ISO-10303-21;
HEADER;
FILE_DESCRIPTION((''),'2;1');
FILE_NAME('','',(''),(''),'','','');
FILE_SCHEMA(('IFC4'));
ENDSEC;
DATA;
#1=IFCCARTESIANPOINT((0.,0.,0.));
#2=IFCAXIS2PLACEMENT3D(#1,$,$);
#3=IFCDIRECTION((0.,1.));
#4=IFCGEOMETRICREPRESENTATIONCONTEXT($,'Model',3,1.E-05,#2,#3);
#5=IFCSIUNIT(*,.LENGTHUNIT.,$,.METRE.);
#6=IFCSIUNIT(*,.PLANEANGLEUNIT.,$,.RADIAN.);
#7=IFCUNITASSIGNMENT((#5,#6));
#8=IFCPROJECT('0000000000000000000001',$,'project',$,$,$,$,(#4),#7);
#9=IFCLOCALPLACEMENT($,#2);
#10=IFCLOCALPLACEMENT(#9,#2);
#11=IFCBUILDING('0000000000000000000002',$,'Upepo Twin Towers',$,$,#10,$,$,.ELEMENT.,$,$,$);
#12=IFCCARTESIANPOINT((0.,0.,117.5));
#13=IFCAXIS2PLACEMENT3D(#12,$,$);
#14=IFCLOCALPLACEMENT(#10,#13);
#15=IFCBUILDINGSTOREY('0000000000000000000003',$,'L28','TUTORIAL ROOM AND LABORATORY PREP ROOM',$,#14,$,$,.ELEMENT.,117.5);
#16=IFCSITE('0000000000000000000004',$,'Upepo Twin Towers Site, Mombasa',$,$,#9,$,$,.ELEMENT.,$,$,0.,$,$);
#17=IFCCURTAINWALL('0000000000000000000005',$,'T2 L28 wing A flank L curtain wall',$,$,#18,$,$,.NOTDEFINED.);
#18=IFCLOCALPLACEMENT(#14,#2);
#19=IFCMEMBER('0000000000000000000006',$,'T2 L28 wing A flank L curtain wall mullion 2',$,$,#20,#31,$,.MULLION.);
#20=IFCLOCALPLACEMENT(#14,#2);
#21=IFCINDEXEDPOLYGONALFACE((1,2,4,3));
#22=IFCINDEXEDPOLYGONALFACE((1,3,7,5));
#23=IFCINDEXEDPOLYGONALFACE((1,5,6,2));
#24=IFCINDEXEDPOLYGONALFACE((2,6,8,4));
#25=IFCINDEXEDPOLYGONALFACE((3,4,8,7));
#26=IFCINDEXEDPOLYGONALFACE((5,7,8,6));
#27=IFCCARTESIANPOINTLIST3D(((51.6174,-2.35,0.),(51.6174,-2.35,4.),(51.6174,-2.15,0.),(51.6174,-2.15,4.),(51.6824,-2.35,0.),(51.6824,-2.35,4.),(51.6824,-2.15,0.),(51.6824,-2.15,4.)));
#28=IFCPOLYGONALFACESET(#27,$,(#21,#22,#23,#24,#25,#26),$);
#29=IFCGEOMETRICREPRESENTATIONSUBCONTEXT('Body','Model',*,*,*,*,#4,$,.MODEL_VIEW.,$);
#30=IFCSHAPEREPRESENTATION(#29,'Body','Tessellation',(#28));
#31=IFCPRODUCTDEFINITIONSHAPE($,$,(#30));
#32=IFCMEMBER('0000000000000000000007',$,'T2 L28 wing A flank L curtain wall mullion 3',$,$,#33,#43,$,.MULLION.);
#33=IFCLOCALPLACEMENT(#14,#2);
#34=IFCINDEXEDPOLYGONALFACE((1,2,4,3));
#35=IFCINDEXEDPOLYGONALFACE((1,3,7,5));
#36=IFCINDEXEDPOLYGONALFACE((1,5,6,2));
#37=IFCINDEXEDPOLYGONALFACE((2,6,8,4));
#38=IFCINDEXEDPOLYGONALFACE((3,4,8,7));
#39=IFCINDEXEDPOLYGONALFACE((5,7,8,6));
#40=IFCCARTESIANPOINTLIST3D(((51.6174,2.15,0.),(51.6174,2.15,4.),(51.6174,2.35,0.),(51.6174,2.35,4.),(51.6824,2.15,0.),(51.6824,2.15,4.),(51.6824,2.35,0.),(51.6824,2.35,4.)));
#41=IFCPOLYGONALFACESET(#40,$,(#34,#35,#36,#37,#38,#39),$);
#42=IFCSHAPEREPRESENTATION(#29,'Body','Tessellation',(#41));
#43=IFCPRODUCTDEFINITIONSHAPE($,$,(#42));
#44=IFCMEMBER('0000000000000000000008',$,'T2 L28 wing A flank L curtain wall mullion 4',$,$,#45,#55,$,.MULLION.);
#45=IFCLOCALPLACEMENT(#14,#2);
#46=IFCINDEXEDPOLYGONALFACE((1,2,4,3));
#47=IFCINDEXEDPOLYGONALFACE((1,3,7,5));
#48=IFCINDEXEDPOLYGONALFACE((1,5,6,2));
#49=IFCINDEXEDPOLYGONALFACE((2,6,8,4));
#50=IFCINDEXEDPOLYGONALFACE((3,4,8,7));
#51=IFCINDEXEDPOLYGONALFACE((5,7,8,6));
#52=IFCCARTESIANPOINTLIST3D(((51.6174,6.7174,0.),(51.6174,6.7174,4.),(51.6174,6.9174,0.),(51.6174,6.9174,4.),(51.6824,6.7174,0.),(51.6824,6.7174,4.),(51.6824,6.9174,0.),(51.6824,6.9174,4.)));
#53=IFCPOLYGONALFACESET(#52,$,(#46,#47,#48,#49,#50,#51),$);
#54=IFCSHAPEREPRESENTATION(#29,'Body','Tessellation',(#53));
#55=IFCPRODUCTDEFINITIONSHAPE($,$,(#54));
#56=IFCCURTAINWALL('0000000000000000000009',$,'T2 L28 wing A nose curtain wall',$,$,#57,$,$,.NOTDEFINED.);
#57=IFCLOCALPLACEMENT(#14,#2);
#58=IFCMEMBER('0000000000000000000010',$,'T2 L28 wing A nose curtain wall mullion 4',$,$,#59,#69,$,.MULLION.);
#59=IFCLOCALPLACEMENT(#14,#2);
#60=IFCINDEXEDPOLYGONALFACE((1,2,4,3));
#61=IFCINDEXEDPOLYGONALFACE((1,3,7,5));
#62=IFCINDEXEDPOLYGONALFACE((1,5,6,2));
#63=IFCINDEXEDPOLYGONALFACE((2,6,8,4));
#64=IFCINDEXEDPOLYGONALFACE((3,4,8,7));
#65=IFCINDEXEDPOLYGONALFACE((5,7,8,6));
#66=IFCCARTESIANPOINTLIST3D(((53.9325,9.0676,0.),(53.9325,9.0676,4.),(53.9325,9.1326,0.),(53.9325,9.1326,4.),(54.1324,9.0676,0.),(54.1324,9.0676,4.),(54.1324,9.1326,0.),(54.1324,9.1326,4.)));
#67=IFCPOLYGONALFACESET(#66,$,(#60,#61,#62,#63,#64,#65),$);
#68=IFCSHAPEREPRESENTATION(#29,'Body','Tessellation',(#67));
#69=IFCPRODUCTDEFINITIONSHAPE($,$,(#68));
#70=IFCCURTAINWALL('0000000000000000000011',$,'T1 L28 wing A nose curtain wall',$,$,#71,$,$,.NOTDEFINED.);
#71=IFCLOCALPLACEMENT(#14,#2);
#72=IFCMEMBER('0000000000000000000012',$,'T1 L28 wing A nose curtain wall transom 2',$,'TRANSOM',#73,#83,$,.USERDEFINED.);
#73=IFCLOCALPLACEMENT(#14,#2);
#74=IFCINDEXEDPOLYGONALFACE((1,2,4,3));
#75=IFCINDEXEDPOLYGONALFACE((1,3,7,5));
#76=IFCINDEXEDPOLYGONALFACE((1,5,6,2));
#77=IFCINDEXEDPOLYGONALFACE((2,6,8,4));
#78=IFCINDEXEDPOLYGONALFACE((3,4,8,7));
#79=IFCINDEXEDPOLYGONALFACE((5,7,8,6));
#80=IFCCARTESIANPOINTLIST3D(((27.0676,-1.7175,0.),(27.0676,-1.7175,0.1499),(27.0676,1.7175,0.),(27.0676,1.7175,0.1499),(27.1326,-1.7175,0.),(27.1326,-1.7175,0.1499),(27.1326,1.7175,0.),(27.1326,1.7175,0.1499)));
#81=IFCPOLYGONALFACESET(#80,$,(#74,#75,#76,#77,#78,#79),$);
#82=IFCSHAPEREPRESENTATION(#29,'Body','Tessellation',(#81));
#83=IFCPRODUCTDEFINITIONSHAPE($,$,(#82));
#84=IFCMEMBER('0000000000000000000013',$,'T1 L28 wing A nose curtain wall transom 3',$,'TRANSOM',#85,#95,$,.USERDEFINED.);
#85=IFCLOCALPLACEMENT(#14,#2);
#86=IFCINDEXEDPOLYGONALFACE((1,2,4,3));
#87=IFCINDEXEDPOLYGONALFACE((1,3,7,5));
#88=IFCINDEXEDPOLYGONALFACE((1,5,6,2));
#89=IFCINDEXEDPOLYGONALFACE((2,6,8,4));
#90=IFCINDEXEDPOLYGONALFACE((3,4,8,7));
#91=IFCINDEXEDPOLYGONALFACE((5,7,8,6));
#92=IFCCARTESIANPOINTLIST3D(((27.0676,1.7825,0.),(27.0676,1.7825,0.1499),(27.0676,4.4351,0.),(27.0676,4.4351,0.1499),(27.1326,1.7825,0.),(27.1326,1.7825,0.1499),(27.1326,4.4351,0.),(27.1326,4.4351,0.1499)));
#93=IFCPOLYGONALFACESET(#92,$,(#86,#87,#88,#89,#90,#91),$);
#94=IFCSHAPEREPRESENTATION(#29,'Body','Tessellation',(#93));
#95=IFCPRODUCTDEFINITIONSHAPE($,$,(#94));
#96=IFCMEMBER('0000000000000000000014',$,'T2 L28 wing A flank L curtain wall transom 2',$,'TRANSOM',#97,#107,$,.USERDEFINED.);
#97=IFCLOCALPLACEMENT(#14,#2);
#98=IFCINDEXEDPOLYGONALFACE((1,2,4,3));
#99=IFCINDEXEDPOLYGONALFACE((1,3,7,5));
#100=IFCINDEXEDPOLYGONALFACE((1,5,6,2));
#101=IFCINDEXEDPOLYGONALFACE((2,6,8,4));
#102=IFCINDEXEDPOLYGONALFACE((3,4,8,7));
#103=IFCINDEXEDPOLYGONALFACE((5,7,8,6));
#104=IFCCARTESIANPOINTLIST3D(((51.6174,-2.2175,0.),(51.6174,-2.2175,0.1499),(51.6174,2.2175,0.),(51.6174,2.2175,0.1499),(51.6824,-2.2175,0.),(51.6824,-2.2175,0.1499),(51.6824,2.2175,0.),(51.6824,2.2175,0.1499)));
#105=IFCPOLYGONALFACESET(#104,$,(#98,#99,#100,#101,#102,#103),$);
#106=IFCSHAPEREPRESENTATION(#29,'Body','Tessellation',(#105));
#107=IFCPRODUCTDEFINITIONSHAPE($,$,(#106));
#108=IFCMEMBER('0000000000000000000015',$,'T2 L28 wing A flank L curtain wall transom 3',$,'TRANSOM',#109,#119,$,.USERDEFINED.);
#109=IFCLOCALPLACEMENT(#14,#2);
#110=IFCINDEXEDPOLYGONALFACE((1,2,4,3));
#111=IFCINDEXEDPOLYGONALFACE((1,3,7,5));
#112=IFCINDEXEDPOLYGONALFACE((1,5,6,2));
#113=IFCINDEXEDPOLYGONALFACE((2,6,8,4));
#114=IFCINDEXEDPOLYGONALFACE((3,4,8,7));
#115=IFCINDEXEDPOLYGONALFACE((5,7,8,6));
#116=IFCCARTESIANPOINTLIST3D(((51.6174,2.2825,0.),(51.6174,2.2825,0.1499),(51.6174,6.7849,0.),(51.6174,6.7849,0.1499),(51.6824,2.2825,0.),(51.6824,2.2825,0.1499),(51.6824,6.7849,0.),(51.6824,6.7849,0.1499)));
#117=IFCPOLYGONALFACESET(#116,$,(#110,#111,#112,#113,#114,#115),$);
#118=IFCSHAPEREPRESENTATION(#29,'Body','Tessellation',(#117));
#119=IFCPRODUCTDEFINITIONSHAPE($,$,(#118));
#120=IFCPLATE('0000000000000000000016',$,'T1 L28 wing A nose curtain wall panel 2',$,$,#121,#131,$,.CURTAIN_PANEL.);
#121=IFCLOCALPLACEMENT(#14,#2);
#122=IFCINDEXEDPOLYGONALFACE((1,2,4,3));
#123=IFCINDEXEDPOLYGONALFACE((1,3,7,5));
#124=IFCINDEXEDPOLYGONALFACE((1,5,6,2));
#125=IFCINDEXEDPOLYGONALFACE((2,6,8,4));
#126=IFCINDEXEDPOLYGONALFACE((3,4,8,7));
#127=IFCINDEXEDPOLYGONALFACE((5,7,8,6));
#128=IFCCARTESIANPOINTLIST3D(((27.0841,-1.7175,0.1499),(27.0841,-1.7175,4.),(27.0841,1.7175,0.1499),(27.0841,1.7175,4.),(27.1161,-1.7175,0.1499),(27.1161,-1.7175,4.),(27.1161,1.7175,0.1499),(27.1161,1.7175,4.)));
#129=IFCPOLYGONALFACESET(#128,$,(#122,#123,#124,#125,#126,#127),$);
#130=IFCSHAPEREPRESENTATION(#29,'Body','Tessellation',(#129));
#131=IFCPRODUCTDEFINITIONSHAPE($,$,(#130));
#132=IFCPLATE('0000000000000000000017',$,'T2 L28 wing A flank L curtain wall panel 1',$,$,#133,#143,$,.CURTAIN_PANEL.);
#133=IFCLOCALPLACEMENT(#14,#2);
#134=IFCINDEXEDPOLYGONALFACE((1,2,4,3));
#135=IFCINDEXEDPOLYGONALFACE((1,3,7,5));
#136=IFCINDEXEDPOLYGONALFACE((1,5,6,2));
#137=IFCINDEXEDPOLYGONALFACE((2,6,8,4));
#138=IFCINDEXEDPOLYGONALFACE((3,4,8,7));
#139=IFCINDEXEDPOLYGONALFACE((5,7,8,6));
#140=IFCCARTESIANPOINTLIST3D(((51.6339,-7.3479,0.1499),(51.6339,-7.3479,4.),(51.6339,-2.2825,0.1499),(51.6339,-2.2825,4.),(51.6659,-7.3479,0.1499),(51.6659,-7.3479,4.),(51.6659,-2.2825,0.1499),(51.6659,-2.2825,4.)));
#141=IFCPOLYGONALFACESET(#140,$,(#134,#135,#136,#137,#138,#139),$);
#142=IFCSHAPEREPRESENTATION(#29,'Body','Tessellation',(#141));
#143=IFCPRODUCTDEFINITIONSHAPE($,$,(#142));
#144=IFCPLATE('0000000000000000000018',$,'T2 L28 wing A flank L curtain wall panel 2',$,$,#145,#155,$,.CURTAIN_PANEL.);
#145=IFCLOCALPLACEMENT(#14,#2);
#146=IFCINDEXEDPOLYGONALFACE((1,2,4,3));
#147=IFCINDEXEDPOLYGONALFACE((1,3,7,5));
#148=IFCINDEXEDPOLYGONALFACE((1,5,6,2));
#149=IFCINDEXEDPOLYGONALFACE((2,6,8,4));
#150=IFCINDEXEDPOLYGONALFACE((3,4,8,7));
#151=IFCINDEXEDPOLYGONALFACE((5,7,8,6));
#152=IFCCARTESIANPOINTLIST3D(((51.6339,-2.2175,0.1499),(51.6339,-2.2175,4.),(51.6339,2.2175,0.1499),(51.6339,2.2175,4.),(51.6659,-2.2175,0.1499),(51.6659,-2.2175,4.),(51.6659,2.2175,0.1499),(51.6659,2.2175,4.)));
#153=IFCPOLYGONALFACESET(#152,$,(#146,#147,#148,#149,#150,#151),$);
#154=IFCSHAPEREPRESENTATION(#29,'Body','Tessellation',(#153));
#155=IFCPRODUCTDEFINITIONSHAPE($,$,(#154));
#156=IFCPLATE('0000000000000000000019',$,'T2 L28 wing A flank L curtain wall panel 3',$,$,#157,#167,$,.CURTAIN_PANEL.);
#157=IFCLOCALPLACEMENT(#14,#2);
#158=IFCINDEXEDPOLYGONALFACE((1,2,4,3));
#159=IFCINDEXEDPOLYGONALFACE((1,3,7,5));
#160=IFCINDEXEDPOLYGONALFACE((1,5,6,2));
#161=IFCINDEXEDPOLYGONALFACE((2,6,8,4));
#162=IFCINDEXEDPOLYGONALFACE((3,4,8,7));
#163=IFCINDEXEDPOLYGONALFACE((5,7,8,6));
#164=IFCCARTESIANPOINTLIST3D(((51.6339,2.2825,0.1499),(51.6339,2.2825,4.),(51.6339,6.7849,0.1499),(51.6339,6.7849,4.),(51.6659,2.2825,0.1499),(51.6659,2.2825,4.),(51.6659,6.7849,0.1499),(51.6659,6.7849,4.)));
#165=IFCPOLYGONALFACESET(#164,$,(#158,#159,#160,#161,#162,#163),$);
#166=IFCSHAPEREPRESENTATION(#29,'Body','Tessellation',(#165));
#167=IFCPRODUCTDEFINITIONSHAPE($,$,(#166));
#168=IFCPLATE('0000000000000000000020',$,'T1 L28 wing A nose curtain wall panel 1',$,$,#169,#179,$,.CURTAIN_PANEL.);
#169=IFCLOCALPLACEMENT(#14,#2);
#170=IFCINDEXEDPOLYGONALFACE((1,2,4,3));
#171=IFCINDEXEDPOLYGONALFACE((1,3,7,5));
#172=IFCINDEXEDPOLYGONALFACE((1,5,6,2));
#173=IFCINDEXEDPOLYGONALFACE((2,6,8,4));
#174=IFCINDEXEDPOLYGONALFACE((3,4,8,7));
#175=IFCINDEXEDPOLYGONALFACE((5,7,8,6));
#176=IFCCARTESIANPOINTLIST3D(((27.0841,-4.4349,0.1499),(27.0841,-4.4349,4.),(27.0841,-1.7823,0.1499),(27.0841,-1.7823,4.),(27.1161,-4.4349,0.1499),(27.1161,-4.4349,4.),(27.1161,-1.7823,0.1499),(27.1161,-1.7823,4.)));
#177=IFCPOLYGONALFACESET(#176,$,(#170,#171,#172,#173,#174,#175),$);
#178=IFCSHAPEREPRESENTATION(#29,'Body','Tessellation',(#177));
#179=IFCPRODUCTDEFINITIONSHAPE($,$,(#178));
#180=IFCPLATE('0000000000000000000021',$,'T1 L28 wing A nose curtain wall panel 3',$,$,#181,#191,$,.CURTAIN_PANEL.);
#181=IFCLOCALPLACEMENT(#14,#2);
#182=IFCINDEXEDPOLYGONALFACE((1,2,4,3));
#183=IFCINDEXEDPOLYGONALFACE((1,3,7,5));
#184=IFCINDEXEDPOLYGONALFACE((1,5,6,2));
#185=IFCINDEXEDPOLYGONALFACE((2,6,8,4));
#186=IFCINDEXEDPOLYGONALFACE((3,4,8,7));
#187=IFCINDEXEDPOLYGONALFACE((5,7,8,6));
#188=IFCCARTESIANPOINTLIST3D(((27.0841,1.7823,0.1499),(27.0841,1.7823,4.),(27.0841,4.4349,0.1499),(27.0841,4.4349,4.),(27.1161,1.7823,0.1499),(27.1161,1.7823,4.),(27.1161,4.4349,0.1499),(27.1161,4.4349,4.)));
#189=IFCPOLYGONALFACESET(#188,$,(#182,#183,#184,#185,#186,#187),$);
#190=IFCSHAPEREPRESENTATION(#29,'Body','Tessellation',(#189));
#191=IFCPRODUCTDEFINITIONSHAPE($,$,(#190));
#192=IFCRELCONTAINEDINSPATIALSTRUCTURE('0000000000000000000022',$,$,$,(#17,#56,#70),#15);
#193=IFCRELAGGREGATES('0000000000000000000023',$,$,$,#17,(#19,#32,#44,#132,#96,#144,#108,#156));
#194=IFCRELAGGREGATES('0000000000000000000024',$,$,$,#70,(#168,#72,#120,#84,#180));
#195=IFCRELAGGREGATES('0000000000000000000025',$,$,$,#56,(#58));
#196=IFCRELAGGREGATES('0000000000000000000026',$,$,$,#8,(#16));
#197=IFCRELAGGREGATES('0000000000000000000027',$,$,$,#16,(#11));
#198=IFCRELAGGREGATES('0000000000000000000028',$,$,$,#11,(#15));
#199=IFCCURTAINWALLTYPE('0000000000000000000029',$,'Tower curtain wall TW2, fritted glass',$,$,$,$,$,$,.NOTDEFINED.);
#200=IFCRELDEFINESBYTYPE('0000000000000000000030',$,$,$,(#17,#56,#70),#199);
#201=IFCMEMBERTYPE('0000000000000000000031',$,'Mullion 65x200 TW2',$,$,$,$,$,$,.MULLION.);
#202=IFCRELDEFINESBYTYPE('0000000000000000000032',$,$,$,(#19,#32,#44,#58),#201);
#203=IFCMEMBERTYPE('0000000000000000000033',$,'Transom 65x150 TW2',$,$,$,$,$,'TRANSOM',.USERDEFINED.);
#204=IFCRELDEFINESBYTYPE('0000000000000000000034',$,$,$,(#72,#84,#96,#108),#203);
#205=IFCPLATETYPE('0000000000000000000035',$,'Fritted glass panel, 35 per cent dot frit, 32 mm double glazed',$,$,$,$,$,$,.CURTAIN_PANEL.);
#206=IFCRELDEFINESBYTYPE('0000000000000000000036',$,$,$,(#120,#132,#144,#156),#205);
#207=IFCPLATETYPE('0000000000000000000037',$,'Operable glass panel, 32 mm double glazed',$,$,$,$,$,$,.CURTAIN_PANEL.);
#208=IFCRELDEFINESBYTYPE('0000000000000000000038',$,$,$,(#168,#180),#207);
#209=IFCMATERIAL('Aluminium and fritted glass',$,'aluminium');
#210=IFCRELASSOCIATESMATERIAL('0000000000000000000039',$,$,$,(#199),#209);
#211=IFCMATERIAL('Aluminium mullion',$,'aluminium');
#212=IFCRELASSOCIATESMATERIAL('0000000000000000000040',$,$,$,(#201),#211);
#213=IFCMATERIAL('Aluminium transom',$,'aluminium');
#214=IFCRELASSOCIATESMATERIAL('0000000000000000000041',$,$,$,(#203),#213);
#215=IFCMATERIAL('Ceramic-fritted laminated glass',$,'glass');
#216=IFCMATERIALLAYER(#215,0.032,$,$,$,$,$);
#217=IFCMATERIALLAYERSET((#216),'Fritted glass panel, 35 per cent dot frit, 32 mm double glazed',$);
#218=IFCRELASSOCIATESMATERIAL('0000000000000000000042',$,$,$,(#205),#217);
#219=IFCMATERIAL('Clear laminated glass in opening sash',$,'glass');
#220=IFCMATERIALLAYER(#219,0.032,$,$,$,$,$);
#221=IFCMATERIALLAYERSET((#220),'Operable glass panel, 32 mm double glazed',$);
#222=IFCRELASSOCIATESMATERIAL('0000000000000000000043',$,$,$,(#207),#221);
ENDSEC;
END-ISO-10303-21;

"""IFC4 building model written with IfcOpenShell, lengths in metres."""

from ifc_helpers import new_model, si_unit, direction, frame, origin, origin_2d, place, context, subcontext, project, spatial, rectangle, extrude, material, layer, layer_set, material_profile, profile_set, type_object, element, aggregate, save


model = new_model("IFC4")

# Units and contexts
model_context = context("Model", 3, precision=1e-05, world=origin(), true_north=direction((0.0, 1.0)))
body_context = subcontext(model_context, "Body", "Model", "MODEL_VIEW")
ifc_project = project(units=[si_unit("LENGTHUNIT", "METRE"), si_unit("PLANEANGLEUNIT", "RADIAN")], contexts=[model_context])

# Site, building, storey
site_placement = place(None, origin())
site = spatial("IfcSite", under=ifc_project, at=site_placement, Name="Upepo Twin Towers Site, Mombasa", CompositionType="ELEMENT", RefElevation=0.0)
building_placement = place(site_placement, origin())
building = spatial("IfcBuilding", under=site, at=building_placement, Name="Upepo Twin Towers", CompositionType="ELEMENT")
storey_placement = place(building_placement, frame((0.0, 0.0, 117.5)))
storey = spatial("IfcBuildingStorey", under=building, at=storey_placement, Name="L28", Description="TUTORIAL ROOM AND LABORATORY PREP ROOM", CompositionType="ELEMENT", Elevation=117.5)

# Curtain wall, members
ifc_material_1 = material(Name="Aluminium and fritted glass", Category="aluminium")
curtain_wall_type = type_object("IfcCurtainWallType", Name="Tower curtain wall TW2, fritted glass", PredefinedType="NOTDEFINED", material=ifc_material_1)
curtain_wall_1_placement = place(storey_placement, origin())
curtain_wall_1 = element("IfcCurtainWall", 1, at=curtain_wall_1_placement, inside=storey, type_object=curtain_wall_type, Name="T2 L28 wing A flank L curtain wall", PredefinedType="NOTDEFINED")
ifc_material_2 = material(Name="Aluminium mullion", Category="aluminium")
ifc_material_profile_1 = material_profile(ifc_material_2, rectangle(XDim=0.0649, YDim=0.2, at=origin_2d()), Name="MULLION 65x200")
ifc_profile_set_1 = profile_set([ifc_material_profile_1], Name="Aluminium mullion")
member_type_1 = type_object("IfcMemberType", Name="Mullion 65x200 TW2", PredefinedType="MULLION", material=ifc_profile_set_1)
member_1_placement = place(storey_placement, frame((51.6499, -2.25, 0.0), z_axis=(0.0, 0.0, 1.0), x_axis=(-1.0, 0.0, 0.0)))
member_1 = element("IfcMember", 2, at=member_1_placement, type_object=member_type_1, Name="T2 L28 wing A flank L curtain wall mullion 2", PredefinedType="MULLION", context=body_context, shape_type="SweptSolid", body=[
    extrude(rectangle(XDim=0.0649, YDim=0.2, at=origin_2d()), origin(), (0.0, 0.0, 1.0), 4.0),
])
member_2_placement = place(storey_placement, frame((51.6499, 2.25, 0.0), z_axis=(0.0, 0.0, 1.0), x_axis=(-1.0, 0.0, 0.0)))
member_2 = element("IfcMember", 3, at=member_2_placement, type_object=member_type_1, Name="T2 L28 wing A flank L curtain wall mullion 3", PredefinedType="MULLION", context=body_context, shape_type="SweptSolid", body=[
    extrude(rectangle(XDim=0.0649, YDim=0.2, at=origin_2d()), origin(), (0.0, 0.0, 1.0), 4.0),
])
member_3_placement = place(storey_placement, frame((51.6499, 6.8174, 0.0), z_axis=(0.0, 0.0, 1.0), x_axis=(-1.0, 0.0, 0.0)))
member_3 = element("IfcMember", 4, at=member_3_placement, type_object=member_type_1, Name="T2 L28 wing A flank L curtain wall mullion 4", PredefinedType="MULLION", context=body_context, shape_type="SweptSolid", body=[
    extrude(rectangle(XDim=0.0649, YDim=0.2, at=origin_2d()), origin(), (0.0, 0.0, 1.0), 4.0),
])

# Curtain wall, member
curtain_wall_2_placement = place(storey_placement, origin())
curtain_wall_2 = element("IfcCurtainWall", 5, at=curtain_wall_2_placement, inside=storey, type_object=curtain_wall_type, Name="T2 L28 wing A nose curtain wall", PredefinedType="NOTDEFINED")
member_4_placement = place(storey_placement, frame((54.0325, 9.1001, 0.0), z_axis=(0.0, 0.0, 1.0), x_axis=(0.0, -1.0, 0.0)))
member_4 = element("IfcMember", 6, at=member_4_placement, type_object=member_type_1, Name="T2 L28 wing A nose curtain wall mullion 4", PredefinedType="MULLION", context=body_context, shape_type="SweptSolid", body=[
    extrude(rectangle(XDim=0.0649, YDim=0.2, at=origin_2d()), origin(), (0.0, 0.0, 1.0), 4.0),
])

# Curtain wall, members
curtain_wall_3_placement = place(storey_placement, origin())
curtain_wall_3 = element("IfcCurtainWall", 7, at=curtain_wall_3_placement, inside=storey, type_object=curtain_wall_type, Name="T1 L28 wing A nose curtain wall", PredefinedType="NOTDEFINED")
ifc_material_3 = material(Name="Aluminium transom", Category="aluminium")
ifc_material_profile_2 = material_profile(ifc_material_3, rectangle(XDim=0.0649, YDim=0.1499, at=origin_2d()), Name="TRANSOM 65x150")
ifc_profile_set_2 = profile_set([ifc_material_profile_2], Name="Aluminium transom")
member_type_2 = type_object("IfcMemberType", Name="Transom 65x150 TW2", ElementType="TRANSOM", PredefinedType="USERDEFINED", material=ifc_profile_set_2)
member_5_placement = place(storey_placement, frame((27.1001, -1.7175, 0.075), z_axis=(0.0, 1.0, 0.0), x_axis=(-1.0, 0.0, 0.0)))
member_5 = element("IfcMember", 8, at=member_5_placement, type_object=member_type_2, Name="T1 L28 wing A nose curtain wall transom 2", ObjectType="TRANSOM", PredefinedType="USERDEFINED", context=body_context, shape_type="SweptSolid", body=[
    extrude(rectangle(XDim=0.0649, YDim=0.1499, at=origin_2d()), origin(), (0.0, 0.0, 1.0), 3.4351),
])
member_6_placement = place(storey_placement, frame((27.1001, 1.7825, 0.075), z_axis=(0.0, 1.0, 0.0), x_axis=(-1.0, 0.0, 0.0)))
member_6 = element("IfcMember", 9, at=member_6_placement, type_object=member_type_2, Name="T1 L28 wing A nose curtain wall transom 3", ObjectType="TRANSOM", PredefinedType="USERDEFINED", context=body_context, shape_type="SweptSolid", body=[
    extrude(rectangle(XDim=0.0649, YDim=0.1499, at=origin_2d()), origin(), (0.0, 0.0, 1.0), 2.6526),
])

# Members
member_7_placement = place(storey_placement, frame((51.6499, -2.2175, 0.075), z_axis=(0.0, 1.0, 0.0), x_axis=(-1.0, 0.0, 0.0)))
member_7 = element("IfcMember", 10, at=member_7_placement, type_object=member_type_2, Name="T2 L28 wing A flank L curtain wall transom 2", ObjectType="TRANSOM", PredefinedType="USERDEFINED", context=body_context, shape_type="SweptSolid", body=[
    extrude(rectangle(XDim=0.0649, YDim=0.1499, at=origin_2d()), origin(), (0.0, 0.0, 1.0), 4.4351),
])
member_8_placement = place(storey_placement, frame((51.6499, 2.2825, 0.075), z_axis=(0.0, 1.0, 0.0), x_axis=(-1.0, 0.0, 0.0)))
member_8 = element("IfcMember", 11, at=member_8_placement, type_object=member_type_2, Name="T2 L28 wing A flank L curtain wall transom 3", ObjectType="TRANSOM", PredefinedType="USERDEFINED", context=body_context, shape_type="SweptSolid", body=[
    extrude(rectangle(XDim=0.0649, YDim=0.1499, at=origin_2d()), origin(), (0.0, 0.0, 1.0), 4.5024),
])

# Plates
ifc_material_4 = material(Name="Ceramic-fritted laminated glass", Category="glass")
ifc_layer_1 = layer(ifc_material_4, 0.032)
ifc_layer_set_1 = layer_set([ifc_layer_1], Name="Fritted glass panel, 35 per cent dot frit, 32 mm double glazed")
plate_type_1 = type_object("IfcPlateType", Name="Fritted glass panel, 35 per cent dot frit, 32 mm double glazed", PredefinedType="CURTAIN_PANEL", material=ifc_layer_set_1)
plate_1_placement = place(storey_placement, frame((27.1001, 0.0, 0.1499), z_axis=(0.0, 0.0, 1.0), x_axis=(0.0, 1.0, 0.0)))
plate_1 = element("IfcPlate", 12, at=plate_1_placement, type_object=plate_type_1, Name="T1 L28 wing A nose curtain wall panel 2", PredefinedType="CURTAIN_PANEL", context=body_context, shape_type="SweptSolid", body=[
    extrude(rectangle(XDim=3.4351, YDim=0.032, at=origin_2d()), origin(), (0.0, 0.0, 1.0), 3.8501),
])
plate_2_placement = place(storey_placement, frame((51.6499, -4.8152, 0.1499), z_axis=(0.0, 0.0, 1.0), x_axis=(0.0, 1.0, 0.0)))
plate_2 = element("IfcPlate", 13, at=plate_2_placement, type_object=plate_type_1, Name="T2 L28 wing A flank L curtain wall panel 1", PredefinedType="CURTAIN_PANEL", context=body_context, shape_type="SweptSolid", body=[
    extrude(rectangle(XDim=5.0654, YDim=0.032, at=origin_2d()), origin(), (0.0, 0.0, 1.0), 3.8501),
])
plate_3_placement = place(storey_placement, frame((51.6499, 0.0, 0.1499), z_axis=(0.0, 0.0, 1.0), x_axis=(0.0, 1.0, 0.0)))
plate_3 = element("IfcPlate", 14, at=plate_3_placement, type_object=plate_type_1, Name="T2 L28 wing A flank L curtain wall panel 2", PredefinedType="CURTAIN_PANEL", context=body_context, shape_type="SweptSolid", body=[
    extrude(rectangle(XDim=4.4351, YDim=0.032, at=origin_2d()), origin(), (0.0, 0.0, 1.0), 3.8501),
])
plate_4_placement = place(storey_placement, frame((51.6499, 4.5337, 0.1499), z_axis=(0.0, 0.0, 1.0), x_axis=(0.0, 1.0, 0.0)))
plate_4 = element("IfcPlate", 15, at=plate_4_placement, type_object=plate_type_1, Name="T2 L28 wing A flank L curtain wall panel 3", PredefinedType="CURTAIN_PANEL", context=body_context, shape_type="SweptSolid", body=[
    extrude(rectangle(XDim=4.5024, YDim=0.032, at=origin_2d()), origin(), (0.0, 0.0, 1.0), 3.8501),
])
aggregate(curtain_wall_1, [member_1, member_2, member_3, plate_2, member_7, plate_3, member_8, plate_4])
ifc_material_5 = material(Name="Clear laminated glass in opening sash", Category="glass")
ifc_layer_2 = layer(ifc_material_5, 0.032)
ifc_layer_set_2 = layer_set([ifc_layer_2], Name="Operable glass panel, 32 mm double glazed")
plate_type_2 = type_object("IfcPlateType", Name="Operable glass panel, 32 mm double glazed", PredefinedType="CURTAIN_PANEL", material=ifc_layer_set_2)
plate_5_placement = place(storey_placement, frame((27.1001, -3.1086, 0.1499), z_axis=(0.0, 0.0, 1.0), x_axis=(0.0, 1.0, 0.0)))
plate_5 = element("IfcPlate", 16, at=plate_5_placement, type_object=plate_type_2, Name="T1 L28 wing A nose curtain wall panel 1", PredefinedType="CURTAIN_PANEL", context=body_context, shape_type="SweptSolid", body=[
    extrude(rectangle(XDim=2.6526, YDim=0.032, at=origin_2d()), origin(), (0.0, 0.0, 1.0), 3.8501),
])
plate_6_placement = place(storey_placement, frame((27.1001, 3.1086, 0.1499), z_axis=(0.0, 0.0, 1.0), x_axis=(0.0, 1.0, 0.0)))
plate_6 = element("IfcPlate", 17, at=plate_6_placement, type_object=plate_type_2, Name="T1 L28 wing A nose curtain wall panel 3", PredefinedType="CURTAIN_PANEL", context=body_context, shape_type="SweptSolid", body=[
    extrude(rectangle(XDim=2.6526, YDim=0.032, at=origin_2d()), origin(), (0.0, 0.0, 1.0), 3.8501),
])
aggregate(curtain_wall_3, [plate_5, member_5, plate_1, member_6, plate_6])
aggregate(curtain_wall_2, [member_4])

save(model, "model.ifc")
